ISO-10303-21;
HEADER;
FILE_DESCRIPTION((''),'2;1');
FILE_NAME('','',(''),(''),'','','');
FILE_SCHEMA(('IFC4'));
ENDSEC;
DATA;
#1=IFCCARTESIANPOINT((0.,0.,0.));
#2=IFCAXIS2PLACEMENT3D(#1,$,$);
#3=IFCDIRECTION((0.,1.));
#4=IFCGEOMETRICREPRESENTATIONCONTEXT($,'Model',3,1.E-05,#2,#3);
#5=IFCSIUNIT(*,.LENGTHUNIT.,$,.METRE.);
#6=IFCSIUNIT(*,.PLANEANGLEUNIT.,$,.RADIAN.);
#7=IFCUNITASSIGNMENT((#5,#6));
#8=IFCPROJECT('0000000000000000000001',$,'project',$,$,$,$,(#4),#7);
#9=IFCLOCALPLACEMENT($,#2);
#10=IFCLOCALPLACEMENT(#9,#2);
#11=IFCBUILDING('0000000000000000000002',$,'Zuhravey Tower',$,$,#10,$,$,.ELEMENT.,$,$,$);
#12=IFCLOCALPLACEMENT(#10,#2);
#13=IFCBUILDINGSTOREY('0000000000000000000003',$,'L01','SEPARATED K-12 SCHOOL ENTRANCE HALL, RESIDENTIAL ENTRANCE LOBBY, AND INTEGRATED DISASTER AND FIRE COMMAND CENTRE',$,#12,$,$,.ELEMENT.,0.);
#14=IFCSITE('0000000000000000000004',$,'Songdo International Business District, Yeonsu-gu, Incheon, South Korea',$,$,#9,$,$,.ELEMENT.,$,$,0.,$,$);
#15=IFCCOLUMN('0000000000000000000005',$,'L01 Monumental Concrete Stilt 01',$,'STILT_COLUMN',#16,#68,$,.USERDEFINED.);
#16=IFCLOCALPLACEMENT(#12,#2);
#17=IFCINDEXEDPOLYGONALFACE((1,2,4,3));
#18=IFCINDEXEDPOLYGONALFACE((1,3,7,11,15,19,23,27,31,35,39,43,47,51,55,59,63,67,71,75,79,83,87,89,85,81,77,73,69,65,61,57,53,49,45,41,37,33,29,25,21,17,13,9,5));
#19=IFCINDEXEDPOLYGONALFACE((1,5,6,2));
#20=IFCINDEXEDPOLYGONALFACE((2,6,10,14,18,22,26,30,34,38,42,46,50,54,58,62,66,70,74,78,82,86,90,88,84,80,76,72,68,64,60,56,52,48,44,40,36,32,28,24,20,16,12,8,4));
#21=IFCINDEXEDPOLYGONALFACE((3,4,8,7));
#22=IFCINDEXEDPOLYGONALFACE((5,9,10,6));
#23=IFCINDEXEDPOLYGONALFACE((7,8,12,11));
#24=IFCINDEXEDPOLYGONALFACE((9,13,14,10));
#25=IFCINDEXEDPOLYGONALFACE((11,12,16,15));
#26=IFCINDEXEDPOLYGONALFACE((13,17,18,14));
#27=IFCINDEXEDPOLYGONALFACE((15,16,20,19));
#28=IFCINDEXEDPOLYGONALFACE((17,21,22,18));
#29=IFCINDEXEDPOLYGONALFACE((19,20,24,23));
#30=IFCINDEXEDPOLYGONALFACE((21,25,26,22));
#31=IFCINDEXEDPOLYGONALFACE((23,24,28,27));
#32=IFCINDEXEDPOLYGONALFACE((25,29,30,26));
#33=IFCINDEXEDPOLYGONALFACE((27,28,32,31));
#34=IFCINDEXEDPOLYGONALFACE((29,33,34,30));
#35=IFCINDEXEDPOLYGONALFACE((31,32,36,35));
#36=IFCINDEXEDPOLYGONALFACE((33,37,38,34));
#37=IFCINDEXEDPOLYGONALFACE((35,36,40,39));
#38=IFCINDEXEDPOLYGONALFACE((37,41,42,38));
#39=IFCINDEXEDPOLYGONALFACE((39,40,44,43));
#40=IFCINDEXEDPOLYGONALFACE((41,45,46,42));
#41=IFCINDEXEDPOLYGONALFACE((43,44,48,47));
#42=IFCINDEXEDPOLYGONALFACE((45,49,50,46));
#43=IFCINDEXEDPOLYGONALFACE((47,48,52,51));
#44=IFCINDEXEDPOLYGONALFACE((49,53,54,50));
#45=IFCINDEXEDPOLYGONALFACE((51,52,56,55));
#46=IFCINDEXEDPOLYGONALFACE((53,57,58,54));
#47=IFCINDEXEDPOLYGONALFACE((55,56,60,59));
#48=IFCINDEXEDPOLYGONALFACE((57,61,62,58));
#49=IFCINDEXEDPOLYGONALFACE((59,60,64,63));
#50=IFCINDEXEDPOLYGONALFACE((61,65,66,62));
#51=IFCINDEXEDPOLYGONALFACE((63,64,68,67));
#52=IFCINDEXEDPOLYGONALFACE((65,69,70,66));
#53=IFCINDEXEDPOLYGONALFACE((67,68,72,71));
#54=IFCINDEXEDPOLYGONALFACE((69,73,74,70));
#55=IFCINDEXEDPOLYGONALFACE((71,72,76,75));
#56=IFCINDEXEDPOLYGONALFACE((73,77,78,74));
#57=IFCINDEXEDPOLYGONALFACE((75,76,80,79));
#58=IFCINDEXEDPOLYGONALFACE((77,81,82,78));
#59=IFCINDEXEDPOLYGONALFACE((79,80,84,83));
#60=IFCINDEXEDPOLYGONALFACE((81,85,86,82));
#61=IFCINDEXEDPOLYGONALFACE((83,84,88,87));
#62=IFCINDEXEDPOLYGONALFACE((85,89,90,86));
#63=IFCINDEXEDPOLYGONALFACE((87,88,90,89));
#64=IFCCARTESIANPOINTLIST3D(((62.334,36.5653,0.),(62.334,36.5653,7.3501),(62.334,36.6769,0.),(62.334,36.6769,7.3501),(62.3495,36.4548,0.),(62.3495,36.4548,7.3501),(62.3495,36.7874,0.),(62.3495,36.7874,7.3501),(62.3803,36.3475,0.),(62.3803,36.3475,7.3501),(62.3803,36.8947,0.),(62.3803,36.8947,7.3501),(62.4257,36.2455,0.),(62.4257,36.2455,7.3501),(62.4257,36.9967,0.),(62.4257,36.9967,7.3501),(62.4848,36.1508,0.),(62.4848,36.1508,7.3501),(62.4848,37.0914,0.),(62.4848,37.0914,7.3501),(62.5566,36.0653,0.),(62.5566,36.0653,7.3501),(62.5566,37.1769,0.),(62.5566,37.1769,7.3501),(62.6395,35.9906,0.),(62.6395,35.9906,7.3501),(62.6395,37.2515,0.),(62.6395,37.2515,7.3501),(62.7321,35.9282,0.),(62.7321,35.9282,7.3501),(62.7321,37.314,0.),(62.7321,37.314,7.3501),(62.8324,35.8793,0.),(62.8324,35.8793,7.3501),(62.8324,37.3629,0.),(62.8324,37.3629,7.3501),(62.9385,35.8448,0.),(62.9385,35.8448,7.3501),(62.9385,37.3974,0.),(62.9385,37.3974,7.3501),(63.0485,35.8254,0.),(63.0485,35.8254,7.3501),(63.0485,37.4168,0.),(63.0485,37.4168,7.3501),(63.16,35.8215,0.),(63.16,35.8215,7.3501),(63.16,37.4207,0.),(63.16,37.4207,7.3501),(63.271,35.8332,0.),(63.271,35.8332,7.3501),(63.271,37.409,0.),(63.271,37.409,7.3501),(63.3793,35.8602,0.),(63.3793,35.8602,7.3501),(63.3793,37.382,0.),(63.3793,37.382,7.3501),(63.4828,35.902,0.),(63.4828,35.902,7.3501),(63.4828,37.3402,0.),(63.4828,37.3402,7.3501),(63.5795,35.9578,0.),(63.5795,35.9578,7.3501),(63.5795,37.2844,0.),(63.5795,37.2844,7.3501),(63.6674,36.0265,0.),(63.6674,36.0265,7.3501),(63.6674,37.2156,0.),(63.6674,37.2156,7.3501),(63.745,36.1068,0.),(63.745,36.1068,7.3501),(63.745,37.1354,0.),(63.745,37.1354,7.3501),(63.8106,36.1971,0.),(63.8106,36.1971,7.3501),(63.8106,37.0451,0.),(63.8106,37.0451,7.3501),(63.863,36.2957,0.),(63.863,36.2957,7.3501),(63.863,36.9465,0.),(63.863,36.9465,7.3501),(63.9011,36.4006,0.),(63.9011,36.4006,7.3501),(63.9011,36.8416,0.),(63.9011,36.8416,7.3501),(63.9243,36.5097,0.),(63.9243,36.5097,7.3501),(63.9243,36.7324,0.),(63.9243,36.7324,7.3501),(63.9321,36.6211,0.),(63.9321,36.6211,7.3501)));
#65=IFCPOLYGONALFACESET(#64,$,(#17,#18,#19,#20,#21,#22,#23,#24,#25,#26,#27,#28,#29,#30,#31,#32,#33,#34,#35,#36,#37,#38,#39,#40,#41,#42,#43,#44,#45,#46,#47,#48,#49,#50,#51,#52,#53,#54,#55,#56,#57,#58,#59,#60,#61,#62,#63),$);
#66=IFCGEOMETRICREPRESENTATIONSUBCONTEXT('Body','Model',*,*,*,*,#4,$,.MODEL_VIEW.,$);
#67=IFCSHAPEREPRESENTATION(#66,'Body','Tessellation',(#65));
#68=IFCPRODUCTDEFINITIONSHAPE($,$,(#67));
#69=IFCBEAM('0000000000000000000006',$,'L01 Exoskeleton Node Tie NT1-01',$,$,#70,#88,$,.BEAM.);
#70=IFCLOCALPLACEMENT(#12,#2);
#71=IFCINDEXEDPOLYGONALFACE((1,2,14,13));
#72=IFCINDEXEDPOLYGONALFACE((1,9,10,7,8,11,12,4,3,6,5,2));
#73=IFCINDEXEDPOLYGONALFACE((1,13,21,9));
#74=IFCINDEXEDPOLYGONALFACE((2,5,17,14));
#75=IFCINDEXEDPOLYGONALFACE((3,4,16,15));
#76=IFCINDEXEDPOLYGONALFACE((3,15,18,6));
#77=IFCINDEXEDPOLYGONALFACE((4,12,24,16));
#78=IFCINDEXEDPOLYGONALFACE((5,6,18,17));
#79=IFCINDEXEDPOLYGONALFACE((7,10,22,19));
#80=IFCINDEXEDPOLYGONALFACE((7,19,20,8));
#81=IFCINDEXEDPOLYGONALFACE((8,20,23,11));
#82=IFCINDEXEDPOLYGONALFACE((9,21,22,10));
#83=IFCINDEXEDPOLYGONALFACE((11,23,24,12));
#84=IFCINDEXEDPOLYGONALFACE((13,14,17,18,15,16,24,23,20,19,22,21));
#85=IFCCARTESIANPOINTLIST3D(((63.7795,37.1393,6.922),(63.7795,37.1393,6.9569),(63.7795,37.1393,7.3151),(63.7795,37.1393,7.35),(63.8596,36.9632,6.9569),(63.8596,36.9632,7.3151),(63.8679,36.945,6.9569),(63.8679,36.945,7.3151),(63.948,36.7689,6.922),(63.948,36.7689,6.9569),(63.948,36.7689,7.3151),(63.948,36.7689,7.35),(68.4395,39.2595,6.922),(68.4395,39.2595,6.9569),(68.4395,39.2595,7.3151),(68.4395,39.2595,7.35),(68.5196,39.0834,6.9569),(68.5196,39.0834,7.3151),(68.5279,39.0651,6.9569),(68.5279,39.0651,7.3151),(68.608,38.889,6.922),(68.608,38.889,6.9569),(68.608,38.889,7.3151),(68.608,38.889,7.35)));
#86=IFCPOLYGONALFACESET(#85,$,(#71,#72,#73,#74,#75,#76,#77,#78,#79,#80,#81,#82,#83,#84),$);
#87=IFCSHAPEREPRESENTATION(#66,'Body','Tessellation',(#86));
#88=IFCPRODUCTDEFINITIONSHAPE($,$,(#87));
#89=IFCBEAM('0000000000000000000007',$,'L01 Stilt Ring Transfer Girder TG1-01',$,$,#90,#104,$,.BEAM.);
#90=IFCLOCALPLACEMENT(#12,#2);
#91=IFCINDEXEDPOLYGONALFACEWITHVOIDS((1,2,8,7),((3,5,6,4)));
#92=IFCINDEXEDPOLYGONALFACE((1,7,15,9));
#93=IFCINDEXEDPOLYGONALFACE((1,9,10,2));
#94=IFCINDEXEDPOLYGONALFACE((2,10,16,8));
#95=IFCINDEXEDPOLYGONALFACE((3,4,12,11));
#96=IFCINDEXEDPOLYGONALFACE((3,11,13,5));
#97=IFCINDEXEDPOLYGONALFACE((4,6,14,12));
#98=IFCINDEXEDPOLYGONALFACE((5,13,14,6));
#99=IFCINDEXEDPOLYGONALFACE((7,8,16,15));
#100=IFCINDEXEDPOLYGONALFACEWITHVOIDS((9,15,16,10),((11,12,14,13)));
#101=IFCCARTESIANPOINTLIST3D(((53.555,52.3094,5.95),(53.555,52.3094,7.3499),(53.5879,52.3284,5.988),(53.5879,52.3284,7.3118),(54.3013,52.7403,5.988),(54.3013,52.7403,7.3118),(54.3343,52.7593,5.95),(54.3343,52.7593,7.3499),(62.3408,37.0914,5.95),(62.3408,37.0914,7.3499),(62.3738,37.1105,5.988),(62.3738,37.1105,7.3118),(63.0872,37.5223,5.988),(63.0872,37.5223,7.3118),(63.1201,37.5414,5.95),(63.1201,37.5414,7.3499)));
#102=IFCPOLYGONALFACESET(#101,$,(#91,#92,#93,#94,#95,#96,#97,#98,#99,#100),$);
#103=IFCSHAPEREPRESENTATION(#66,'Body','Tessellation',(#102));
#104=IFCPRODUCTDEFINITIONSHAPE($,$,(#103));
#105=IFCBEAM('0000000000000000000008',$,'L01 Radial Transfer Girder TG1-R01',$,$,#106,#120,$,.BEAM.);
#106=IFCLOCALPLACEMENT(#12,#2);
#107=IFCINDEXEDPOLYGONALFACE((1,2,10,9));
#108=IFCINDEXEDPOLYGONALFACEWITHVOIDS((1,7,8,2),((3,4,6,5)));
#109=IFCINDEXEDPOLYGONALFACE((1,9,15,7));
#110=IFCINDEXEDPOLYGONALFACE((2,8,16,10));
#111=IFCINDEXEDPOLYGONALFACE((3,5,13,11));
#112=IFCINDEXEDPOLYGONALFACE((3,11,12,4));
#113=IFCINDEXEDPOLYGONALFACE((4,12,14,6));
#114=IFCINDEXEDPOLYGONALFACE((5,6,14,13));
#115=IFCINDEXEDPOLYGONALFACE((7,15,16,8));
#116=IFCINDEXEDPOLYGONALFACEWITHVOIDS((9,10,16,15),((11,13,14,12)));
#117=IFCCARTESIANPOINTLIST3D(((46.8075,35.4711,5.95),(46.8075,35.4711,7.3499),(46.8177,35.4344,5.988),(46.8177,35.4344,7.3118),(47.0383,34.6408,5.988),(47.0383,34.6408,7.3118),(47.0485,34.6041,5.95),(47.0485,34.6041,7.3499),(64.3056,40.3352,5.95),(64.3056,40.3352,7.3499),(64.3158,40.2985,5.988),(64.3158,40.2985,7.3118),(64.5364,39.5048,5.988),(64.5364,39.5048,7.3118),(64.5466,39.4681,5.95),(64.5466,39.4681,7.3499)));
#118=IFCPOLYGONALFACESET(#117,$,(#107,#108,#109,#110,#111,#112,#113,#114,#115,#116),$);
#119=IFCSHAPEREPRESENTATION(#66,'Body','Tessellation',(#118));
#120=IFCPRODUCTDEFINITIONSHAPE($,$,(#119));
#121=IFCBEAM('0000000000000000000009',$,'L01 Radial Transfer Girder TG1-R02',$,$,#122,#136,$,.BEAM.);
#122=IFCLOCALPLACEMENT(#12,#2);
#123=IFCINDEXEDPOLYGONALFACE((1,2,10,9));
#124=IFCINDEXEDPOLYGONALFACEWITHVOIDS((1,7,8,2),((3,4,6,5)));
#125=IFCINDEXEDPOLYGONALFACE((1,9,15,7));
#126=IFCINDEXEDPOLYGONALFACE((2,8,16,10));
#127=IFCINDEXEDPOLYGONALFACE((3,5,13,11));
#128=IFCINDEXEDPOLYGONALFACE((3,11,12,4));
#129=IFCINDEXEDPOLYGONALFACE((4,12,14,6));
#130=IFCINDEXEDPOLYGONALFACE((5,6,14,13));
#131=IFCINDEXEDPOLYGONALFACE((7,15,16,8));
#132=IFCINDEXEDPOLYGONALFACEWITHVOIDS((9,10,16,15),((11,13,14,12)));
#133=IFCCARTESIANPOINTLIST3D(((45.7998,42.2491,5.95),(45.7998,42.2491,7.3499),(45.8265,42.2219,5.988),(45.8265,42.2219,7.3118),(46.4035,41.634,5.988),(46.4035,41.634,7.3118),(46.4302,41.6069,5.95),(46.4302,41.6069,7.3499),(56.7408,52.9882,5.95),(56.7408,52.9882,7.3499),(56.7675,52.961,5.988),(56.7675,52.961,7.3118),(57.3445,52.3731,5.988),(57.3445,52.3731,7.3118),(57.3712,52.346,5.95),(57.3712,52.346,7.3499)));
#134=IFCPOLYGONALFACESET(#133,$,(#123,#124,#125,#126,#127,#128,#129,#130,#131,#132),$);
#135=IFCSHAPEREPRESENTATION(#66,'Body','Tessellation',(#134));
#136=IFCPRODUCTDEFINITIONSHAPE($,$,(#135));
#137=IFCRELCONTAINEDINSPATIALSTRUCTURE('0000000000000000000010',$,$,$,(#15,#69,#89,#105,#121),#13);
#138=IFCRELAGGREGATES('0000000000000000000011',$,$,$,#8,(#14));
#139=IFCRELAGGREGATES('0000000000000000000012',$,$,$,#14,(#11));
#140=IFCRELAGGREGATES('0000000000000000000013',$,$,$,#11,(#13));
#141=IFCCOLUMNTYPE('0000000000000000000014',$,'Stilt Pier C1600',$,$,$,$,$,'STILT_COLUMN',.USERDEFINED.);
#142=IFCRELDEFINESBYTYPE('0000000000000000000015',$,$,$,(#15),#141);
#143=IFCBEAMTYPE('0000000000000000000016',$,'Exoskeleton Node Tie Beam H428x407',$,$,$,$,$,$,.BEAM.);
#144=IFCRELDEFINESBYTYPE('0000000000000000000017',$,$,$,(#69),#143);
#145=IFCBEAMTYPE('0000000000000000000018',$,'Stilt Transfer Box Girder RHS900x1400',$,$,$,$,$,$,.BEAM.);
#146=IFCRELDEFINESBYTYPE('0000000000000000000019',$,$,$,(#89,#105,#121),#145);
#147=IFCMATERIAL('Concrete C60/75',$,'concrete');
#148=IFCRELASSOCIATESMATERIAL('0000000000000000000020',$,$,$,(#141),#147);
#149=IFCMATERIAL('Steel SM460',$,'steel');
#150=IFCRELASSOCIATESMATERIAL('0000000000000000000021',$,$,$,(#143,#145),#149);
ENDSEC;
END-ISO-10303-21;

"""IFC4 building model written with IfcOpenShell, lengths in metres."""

from ifc_helpers import new_model, si_unit, direction, frame, origin, origin_2d, place, context, subcontext, project, spatial, hollow_rectangle, circle, i_section, extrude, material, material_profile, profile_set, type_object, element, save


model = new_model("IFC4")

# Units and contexts
model_context = context("Model", 3, precision=1e-05, world=origin(), true_north=direction((0.0, 1.0)))
body_context = subcontext(model_context, "Body", "Model", "MODEL_VIEW")
ifc_project = project(units=[si_unit("LENGTHUNIT", "METRE"), si_unit("PLANEANGLEUNIT", "RADIAN")], contexts=[model_context])

# Site, building, storey
site_placement = place(None, origin())
site = spatial("IfcSite", under=ifc_project, at=site_placement, Name="Songdo International Business District, Yeonsu-gu, Incheon, South Korea", CompositionType="ELEMENT", RefElevation=0.0)
building_placement = place(site_placement, origin())
building = spatial("IfcBuilding", under=site, at=building_placement, Name="Zuhravey Tower", CompositionType="ELEMENT")
storey_placement = place(building_placement, origin())
storey = spatial("IfcBuildingStorey", under=building, at=storey_placement, Name="L01", Description="SEPARATED K-12 SCHOOL ENTRANCE HALL, RESIDENTIAL ENTRANCE LOBBY, AND INTEGRATED DISASTER AND FIRE COMMAND CENTRE", CompositionType="ELEMENT", Elevation=0.0)

# Column
ifc_material_1 = material(Name="Concrete C60/75", Category="concrete")
ifc_material_profile_1 = material_profile(ifc_material_1, circle(Radius=0.8, at=origin_2d()), Name="RC-CIRC-1600")
ifc_profile_set_1 = profile_set([ifc_material_profile_1], Name="Concrete C60/75")
column_type = type_object("IfcColumnType", Name="Stilt Pier C1600", ElementType="STILT_COLUMN", PredefinedType="USERDEFINED", material=ifc_profile_set_1)
column_placement = place(storey_placement, frame((63.1321, 36.6211, 0.0), z_axis=(0.0, 0.0, 1.0), x_axis=(1.0, 0.0, 0.0)))
element("IfcColumn", 1, at=column_placement, inside=storey, type_object=column_type, Name="L01 Monumental Concrete Stilt 01", ObjectType="STILT_COLUMN", PredefinedType="USERDEFINED", context=body_context, shape_type="SweptSolid", body=[
    extrude(circle(Radius=0.8, at=origin_2d()), origin(), (0.0, 0.0, 1.0), 7.3501),
])

# Beams
ifc_material_2 = material(Name="Steel SM460", Category="steel")
ifc_material_profile_2 = material_profile(ifc_material_2, i_section(OverallWidth=0.407, OverallDepth=0.428, WebThickness=0.02, FlangeThickness=0.0349, at=origin_2d()), Name="H-428x407x20x35")
ifc_profile_set_2 = profile_set([ifc_material_profile_2], Name="Steel SM460")
beam_type_1 = type_object("IfcBeamType", Name="Exoskeleton Node Tie Beam H428x407", PredefinedType="BEAM", material=ifc_profile_set_2)
beam_1_placement = place(storey_placement, frame((63.8638, 36.9541, 7.136), z_axis=(0.910221, 0.414123, 0.0), x_axis=(-0.414123, 0.910221, 0.0)))
element("IfcBeam", 2, at=beam_1_placement, inside=storey, type_object=beam_type_1, Name="L01 Exoskeleton Node Tie NT1-01", PredefinedType="BEAM", context=body_context, shape_type="SweptSolid", body=[
    extrude(i_section(OverallWidth=0.407, OverallDepth=0.428, WebThickness=0.02, FlangeThickness=0.0349, at=origin_2d()), origin(), (0.0, 0.0, 1.0), 5.1196),
])
ifc_material_profile_3 = material_profile(ifc_material_2, hollow_rectangle(XDim=0.8999, YDim=1.3999, WallThickness=0.0381, at=origin_2d()), Name="RHS-900x1400x38")
ifc_profile_set_3 = profile_set([ifc_material_profile_3], Name="Steel SM460")
beam_type_2 = type_object("IfcBeamType", Name="Stilt Transfer Box Girder RHS900x1400", PredefinedType="BEAM", material=ifc_profile_set_3)
beam_2_placement = place(storey_placement, frame((62.7305, 37.3164, 6.6499), z_axis=(-0.49999, 0.866031, 0.0), x_axis=(-0.866031, -0.49999, 0.0)))
element("IfcBeam", 3, at=beam_2_placement, inside=storey, type_object=beam_type_2, Name="L01 Stilt Ring Transfer Girder TG1-01", PredefinedType="BEAM", context=body_context, shape_type="SweptSolid", body=[
    extrude(hollow_rectangle(XDim=0.8999, YDim=1.3999, WallThickness=0.0381, at=origin_2d()), origin(), (0.0, 0.0, 1.0), 17.572),
])
beam_3_placement = place(storey_placement, frame((46.928, 35.0376, 6.6499), z_axis=(0.963469, 0.26782, 0.0), x_axis=(-0.26782, 0.963469, 0.0)))
element("IfcBeam", 4, at=beam_3_placement, inside=storey, type_object=beam_type_2, Name="L01 Radial Transfer Girder TG1-R01", PredefinedType="BEAM", context=body_context, shape_type="SweptSolid", body=[
    extrude(hollow_rectangle(XDim=0.8999, YDim=1.3999, WallThickness=0.0381, at=origin_2d()), origin(), (0.0, 0.0, 1.0), 18.1616),
])
beam_4_placement = place(storey_placement, frame((46.115, 41.928, 6.6499), z_axis=(0.713661, 0.700491, 0.0), x_axis=(-0.700491, 0.713661, 0.0)))
element("IfcBeam", 5, at=beam_4_placement, inside=storey, type_object=beam_type_2, Name="L01 Radial Transfer Girder TG1-R02", PredefinedType="BEAM", context=body_context, shape_type="SweptSolid", body=[
    extrude(hollow_rectangle(XDim=0.8999, YDim=1.3999, WallThickness=0.0381, at=origin_2d()), origin(), (0.0, 0.0, 1.0), 15.3308),
])

save(model, "model.ifc")
